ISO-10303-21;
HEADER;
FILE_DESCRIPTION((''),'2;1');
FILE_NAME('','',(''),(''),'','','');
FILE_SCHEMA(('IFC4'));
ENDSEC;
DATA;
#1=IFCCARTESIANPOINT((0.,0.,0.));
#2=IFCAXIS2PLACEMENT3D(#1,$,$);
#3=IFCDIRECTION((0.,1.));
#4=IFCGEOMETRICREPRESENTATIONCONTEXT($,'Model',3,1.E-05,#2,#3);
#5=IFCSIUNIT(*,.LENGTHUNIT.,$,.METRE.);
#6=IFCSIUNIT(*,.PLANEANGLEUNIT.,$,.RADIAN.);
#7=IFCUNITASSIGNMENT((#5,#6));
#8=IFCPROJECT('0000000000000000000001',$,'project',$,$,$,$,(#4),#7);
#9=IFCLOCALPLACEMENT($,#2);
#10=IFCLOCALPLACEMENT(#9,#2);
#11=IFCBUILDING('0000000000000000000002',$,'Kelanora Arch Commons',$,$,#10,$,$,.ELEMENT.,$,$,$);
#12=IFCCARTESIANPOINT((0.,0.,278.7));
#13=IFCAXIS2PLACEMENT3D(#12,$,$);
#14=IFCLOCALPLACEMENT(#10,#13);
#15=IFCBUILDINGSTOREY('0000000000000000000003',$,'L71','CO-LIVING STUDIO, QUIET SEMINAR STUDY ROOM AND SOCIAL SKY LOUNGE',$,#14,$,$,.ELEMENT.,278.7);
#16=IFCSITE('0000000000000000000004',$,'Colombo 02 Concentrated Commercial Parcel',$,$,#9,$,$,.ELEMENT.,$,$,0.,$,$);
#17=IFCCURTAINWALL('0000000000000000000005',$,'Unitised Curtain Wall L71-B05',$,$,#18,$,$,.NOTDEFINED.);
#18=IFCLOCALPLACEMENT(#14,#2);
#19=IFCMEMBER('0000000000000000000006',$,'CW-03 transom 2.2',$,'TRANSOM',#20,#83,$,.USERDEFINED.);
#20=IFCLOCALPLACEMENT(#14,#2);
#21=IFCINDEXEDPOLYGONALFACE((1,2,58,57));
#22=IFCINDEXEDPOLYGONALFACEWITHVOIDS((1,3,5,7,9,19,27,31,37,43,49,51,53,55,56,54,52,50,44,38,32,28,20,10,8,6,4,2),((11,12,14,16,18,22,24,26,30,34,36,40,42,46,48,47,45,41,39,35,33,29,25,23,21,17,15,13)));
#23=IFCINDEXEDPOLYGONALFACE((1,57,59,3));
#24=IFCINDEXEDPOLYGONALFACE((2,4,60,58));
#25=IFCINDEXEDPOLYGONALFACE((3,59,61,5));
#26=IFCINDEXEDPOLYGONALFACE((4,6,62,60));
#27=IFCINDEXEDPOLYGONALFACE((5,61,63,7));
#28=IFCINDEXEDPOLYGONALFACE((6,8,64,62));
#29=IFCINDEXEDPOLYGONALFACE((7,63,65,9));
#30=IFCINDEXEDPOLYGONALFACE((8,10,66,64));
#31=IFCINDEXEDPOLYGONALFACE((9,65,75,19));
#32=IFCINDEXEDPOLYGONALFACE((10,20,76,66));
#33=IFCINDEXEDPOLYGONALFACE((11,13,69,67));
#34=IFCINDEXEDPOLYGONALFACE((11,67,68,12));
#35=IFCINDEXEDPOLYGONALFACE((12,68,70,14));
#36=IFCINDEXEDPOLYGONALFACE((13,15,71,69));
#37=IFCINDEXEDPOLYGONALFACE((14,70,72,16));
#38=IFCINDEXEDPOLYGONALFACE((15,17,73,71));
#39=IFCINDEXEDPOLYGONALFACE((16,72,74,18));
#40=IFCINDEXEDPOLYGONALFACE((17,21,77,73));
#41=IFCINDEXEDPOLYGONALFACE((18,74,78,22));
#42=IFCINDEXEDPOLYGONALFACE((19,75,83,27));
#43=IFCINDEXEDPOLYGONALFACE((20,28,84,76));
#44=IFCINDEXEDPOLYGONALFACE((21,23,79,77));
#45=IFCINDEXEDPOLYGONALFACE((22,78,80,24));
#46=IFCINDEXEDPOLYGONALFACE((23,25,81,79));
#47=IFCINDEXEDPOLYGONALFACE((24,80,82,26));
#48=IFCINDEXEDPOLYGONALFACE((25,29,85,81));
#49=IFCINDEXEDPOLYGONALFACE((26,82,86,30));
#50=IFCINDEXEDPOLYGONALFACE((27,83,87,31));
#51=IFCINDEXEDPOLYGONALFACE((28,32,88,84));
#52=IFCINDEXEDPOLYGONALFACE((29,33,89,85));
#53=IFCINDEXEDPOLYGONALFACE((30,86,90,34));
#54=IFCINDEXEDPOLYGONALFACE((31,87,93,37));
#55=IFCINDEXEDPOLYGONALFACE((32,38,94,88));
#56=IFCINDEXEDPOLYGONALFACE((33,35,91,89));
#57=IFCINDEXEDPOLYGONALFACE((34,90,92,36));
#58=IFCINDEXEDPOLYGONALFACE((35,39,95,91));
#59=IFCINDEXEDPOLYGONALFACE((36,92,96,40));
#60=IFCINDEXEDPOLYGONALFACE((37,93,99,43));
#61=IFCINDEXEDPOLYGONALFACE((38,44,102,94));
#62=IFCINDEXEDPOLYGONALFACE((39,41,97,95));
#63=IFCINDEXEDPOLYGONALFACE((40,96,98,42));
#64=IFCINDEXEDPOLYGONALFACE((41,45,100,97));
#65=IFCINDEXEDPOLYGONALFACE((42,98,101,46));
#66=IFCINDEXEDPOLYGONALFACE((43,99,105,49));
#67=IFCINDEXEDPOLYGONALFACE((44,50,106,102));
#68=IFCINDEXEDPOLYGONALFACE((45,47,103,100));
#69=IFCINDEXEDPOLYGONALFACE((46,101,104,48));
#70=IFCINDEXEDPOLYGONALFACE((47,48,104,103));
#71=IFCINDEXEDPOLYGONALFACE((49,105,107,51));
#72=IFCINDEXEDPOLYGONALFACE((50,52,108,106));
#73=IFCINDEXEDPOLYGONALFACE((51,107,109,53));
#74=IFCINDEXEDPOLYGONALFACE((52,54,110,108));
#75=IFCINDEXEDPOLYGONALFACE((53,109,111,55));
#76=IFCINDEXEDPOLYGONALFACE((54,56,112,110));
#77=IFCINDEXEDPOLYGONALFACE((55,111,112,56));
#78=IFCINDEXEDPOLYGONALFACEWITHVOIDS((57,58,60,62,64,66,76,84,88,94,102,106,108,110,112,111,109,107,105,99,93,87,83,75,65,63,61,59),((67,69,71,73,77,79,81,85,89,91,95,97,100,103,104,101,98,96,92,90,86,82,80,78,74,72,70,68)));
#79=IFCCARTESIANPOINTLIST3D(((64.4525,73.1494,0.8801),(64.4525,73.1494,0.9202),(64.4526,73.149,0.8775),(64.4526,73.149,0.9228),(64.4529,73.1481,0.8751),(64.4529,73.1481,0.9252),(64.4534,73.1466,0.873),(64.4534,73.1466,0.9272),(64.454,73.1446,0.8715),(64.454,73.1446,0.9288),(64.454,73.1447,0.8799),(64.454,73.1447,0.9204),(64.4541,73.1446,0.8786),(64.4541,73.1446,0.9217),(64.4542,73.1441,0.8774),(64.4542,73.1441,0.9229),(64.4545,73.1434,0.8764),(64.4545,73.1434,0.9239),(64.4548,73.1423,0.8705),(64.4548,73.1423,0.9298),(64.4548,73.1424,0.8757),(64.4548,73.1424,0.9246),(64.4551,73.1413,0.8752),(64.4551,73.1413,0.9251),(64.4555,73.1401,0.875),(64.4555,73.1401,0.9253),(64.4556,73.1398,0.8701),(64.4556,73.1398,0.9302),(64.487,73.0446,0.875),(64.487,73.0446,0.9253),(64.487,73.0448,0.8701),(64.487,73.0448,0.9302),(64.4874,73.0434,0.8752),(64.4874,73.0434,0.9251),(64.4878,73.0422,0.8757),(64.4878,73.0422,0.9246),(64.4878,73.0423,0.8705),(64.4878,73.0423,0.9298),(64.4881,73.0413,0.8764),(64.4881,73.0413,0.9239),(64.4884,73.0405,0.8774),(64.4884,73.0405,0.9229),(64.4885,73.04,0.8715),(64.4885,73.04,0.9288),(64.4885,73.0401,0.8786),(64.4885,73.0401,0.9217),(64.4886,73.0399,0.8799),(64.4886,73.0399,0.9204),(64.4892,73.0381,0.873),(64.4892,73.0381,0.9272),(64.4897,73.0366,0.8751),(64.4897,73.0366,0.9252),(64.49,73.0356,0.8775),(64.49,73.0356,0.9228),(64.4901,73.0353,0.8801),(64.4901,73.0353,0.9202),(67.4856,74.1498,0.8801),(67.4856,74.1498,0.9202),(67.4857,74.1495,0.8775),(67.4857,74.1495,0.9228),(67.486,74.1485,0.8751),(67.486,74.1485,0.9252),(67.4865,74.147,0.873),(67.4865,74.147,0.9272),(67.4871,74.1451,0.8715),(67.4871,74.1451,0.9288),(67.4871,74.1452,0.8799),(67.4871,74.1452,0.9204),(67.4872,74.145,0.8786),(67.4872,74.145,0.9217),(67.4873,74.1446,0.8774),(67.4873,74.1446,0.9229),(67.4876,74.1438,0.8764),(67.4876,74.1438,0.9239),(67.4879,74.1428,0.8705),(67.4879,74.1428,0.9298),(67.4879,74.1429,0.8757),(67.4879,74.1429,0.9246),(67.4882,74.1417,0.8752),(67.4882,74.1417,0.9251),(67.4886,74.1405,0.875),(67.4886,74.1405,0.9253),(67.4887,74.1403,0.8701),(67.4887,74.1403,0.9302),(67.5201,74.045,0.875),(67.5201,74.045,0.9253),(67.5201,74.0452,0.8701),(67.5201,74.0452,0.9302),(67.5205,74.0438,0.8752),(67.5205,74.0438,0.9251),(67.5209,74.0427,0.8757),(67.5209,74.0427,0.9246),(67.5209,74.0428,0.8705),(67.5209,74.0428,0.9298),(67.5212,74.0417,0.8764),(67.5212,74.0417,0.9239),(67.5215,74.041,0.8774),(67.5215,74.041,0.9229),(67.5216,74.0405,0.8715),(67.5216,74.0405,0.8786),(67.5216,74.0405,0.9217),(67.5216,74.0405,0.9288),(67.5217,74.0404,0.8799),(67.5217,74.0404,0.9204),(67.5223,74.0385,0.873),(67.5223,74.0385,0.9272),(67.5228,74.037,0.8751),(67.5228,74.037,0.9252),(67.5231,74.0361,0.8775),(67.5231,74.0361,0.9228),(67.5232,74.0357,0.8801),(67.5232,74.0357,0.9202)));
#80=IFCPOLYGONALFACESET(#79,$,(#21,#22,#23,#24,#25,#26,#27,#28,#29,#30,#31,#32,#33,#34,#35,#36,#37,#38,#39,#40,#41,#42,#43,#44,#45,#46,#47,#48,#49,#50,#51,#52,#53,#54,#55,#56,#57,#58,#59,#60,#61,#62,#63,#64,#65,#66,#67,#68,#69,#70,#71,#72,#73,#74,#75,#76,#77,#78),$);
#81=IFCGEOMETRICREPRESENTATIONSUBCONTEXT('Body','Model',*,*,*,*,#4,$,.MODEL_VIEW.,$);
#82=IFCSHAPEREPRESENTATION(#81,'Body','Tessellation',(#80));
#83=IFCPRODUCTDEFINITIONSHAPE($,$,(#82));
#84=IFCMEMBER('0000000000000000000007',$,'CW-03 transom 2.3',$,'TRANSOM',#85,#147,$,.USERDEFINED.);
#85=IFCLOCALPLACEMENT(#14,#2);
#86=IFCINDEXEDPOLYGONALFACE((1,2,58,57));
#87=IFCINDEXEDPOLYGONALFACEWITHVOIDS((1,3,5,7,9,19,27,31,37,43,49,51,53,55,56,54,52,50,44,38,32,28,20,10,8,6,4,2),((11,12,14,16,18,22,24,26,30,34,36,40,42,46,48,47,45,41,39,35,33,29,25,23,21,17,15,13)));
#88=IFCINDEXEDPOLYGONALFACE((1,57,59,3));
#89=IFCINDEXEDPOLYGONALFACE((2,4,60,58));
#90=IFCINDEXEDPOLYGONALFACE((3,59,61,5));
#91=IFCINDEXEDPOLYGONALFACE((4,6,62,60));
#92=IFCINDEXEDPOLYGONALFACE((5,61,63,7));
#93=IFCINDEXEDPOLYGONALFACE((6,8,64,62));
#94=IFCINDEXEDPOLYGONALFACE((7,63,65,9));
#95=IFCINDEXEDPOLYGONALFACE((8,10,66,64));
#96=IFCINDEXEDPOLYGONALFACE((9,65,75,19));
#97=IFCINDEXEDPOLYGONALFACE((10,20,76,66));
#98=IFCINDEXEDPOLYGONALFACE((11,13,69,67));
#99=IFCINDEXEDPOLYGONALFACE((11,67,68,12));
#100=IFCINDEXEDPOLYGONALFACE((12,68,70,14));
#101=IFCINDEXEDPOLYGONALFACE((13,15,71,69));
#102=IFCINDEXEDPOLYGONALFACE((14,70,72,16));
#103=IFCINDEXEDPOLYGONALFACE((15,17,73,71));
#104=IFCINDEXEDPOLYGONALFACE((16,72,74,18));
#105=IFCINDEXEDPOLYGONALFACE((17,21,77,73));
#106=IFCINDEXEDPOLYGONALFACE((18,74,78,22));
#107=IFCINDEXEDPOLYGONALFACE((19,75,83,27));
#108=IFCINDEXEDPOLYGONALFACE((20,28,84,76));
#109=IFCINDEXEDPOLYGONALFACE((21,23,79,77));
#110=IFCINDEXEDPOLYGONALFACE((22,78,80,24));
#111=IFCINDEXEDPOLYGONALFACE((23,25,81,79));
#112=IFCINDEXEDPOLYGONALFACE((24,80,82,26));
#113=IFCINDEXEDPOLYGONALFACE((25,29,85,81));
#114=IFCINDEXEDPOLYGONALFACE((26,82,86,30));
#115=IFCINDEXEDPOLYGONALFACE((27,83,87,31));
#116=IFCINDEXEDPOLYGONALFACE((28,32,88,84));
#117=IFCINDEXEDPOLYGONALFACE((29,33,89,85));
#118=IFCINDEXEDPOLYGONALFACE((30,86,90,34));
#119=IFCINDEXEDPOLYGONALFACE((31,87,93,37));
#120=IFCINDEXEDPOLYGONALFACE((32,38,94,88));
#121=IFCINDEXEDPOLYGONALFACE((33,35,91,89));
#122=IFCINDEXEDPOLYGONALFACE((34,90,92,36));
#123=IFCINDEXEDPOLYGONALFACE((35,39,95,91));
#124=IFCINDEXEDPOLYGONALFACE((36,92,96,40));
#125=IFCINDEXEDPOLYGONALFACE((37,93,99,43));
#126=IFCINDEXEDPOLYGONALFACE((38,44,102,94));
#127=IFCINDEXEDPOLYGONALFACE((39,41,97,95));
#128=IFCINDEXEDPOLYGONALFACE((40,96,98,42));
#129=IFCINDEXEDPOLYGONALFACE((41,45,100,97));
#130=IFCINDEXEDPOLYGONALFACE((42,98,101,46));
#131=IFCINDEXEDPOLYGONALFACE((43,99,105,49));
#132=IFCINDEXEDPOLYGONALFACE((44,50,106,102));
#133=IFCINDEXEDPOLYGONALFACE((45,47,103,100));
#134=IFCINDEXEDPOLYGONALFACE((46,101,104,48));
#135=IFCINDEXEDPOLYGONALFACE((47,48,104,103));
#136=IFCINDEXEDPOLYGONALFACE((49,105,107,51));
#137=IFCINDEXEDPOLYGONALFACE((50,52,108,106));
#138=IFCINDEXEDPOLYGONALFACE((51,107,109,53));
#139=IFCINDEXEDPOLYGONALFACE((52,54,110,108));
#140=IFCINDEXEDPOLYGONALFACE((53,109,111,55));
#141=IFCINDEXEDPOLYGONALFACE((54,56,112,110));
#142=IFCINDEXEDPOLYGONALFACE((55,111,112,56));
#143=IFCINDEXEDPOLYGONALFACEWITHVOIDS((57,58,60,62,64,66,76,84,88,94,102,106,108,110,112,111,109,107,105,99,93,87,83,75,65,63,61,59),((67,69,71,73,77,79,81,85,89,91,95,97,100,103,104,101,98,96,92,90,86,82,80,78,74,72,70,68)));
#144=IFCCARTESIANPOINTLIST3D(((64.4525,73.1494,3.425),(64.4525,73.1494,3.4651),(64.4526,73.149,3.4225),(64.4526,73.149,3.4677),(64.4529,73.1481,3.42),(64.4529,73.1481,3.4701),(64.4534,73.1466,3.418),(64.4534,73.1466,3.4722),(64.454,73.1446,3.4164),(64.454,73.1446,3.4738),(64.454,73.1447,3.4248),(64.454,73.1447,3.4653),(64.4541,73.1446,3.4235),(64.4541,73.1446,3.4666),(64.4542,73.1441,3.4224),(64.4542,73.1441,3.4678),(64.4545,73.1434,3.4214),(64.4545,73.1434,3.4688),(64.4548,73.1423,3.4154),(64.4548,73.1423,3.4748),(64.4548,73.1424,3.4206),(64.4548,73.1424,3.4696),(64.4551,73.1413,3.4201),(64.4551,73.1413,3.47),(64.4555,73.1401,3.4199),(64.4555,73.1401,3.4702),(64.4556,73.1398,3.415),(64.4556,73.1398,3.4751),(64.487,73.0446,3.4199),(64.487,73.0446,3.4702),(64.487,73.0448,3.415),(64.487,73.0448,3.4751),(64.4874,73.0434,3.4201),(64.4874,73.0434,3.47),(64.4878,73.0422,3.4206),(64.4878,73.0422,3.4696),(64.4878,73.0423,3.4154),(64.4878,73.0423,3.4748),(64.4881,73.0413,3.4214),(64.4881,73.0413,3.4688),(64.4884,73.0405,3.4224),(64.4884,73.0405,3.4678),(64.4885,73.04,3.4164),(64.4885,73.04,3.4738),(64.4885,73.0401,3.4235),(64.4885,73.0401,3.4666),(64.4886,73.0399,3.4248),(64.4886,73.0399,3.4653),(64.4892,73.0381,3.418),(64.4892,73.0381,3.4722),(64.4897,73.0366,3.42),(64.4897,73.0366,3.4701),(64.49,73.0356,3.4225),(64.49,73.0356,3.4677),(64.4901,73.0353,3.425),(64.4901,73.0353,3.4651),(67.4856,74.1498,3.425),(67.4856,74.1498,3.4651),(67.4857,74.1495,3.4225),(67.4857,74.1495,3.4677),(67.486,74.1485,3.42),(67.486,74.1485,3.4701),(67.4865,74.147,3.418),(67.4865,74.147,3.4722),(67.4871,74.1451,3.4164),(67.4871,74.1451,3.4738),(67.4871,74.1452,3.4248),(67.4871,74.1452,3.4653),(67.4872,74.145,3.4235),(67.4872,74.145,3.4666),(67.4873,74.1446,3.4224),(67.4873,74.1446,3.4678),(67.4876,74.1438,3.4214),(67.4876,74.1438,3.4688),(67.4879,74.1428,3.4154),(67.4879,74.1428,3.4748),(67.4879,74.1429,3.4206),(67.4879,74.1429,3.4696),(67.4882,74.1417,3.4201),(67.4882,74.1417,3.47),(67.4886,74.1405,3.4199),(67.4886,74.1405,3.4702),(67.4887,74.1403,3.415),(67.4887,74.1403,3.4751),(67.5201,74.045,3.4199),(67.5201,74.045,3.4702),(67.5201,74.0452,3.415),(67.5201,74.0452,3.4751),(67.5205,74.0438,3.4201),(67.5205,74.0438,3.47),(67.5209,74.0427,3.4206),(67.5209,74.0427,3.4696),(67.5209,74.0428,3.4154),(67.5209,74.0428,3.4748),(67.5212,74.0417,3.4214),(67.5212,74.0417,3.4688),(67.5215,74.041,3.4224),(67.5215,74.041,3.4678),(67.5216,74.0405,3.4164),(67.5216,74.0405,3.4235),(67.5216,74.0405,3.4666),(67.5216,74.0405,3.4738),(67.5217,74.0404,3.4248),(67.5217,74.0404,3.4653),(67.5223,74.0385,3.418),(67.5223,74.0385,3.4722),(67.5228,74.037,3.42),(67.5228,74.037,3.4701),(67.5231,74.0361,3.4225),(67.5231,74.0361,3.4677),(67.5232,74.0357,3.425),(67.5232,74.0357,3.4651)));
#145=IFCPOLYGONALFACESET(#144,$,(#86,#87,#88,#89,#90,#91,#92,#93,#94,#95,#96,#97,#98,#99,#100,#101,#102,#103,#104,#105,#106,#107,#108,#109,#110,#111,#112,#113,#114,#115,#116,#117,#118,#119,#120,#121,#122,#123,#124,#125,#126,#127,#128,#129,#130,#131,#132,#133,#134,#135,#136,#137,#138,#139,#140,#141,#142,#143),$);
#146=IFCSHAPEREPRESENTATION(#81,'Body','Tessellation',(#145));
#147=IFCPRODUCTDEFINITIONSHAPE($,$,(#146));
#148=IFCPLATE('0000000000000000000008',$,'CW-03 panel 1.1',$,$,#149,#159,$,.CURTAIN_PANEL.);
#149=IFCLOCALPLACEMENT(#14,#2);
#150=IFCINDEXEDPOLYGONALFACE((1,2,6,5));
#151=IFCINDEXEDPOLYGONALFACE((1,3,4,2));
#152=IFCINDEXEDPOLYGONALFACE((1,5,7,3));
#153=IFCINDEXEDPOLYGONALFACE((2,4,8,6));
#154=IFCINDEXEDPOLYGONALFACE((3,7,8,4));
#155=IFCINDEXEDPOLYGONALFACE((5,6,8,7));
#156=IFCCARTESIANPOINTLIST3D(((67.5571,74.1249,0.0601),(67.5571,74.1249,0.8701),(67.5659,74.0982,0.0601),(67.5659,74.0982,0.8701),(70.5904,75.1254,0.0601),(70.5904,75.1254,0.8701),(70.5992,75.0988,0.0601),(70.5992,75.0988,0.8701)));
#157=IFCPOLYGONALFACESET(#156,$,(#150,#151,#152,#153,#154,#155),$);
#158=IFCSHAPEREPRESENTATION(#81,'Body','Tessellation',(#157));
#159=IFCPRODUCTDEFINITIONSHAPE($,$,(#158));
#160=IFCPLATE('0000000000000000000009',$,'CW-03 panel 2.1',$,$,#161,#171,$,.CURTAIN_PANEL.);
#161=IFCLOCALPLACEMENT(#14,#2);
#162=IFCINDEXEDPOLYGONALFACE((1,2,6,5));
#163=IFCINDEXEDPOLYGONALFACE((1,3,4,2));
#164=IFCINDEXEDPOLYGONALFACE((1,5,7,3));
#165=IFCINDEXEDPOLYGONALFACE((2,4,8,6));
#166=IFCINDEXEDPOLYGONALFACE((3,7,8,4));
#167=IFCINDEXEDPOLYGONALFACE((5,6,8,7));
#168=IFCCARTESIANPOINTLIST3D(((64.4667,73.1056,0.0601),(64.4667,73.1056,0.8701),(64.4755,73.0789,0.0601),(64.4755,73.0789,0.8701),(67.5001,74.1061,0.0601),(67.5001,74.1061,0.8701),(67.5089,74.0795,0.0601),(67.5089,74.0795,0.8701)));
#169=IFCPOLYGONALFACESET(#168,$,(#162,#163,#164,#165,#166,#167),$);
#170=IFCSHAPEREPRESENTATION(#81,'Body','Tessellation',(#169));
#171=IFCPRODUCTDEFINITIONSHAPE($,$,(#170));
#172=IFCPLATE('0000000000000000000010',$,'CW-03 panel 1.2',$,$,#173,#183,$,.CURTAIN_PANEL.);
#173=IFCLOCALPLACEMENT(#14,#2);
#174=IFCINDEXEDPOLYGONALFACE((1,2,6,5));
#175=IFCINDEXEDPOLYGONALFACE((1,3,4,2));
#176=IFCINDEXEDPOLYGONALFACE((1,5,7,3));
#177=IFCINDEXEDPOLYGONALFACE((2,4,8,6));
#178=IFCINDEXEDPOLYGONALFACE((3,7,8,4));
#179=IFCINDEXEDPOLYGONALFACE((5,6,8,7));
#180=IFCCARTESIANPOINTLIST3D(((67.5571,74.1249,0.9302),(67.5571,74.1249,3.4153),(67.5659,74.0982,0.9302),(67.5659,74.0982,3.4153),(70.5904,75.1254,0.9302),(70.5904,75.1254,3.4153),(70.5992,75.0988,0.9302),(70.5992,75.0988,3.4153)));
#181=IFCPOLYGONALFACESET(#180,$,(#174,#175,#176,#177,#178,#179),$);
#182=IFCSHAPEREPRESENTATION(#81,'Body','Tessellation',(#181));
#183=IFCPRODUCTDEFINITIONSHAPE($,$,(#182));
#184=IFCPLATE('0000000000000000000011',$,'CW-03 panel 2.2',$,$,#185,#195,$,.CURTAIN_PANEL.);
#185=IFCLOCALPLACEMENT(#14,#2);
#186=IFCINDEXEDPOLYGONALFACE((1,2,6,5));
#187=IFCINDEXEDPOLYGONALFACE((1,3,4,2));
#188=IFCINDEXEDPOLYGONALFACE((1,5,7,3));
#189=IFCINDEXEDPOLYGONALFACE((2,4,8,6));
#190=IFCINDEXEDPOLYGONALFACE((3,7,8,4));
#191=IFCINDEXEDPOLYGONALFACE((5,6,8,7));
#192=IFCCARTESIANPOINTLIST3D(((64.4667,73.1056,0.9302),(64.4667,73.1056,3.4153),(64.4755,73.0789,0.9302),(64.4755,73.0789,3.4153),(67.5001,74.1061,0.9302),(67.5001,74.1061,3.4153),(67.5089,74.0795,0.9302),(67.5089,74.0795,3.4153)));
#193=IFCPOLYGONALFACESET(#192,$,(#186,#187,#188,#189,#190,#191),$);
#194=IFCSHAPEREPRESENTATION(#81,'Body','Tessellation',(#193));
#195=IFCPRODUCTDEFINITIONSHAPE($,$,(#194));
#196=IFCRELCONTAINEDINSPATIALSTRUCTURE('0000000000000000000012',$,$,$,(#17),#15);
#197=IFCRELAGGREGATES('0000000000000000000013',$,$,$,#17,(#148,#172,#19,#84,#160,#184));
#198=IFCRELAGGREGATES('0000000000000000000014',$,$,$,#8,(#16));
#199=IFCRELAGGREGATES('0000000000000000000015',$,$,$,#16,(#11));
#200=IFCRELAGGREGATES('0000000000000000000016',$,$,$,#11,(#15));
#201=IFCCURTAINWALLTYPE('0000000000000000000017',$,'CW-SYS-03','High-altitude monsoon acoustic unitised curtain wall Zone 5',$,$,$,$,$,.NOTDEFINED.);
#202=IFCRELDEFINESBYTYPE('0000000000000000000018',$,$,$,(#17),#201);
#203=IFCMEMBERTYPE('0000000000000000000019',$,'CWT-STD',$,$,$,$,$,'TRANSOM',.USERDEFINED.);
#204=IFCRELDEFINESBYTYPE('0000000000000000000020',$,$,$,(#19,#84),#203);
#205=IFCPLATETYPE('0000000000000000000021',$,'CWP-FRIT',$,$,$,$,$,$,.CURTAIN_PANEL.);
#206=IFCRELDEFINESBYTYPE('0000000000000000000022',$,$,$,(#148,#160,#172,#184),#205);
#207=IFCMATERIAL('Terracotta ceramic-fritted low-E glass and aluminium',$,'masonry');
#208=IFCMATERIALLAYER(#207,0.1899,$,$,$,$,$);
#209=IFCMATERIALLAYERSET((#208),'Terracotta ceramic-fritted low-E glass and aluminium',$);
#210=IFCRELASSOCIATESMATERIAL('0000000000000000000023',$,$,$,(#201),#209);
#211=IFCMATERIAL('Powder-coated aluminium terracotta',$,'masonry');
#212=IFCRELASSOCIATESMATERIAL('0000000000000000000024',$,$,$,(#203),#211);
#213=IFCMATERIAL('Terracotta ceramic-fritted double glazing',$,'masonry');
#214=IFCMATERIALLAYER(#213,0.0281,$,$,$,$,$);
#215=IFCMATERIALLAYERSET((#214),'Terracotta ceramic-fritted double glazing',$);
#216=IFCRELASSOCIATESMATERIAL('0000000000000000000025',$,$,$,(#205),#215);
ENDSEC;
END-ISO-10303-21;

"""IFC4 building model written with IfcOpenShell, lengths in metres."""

from ifc_helpers import new_model, si_unit, direction, frame, origin, origin_2d, place, context, subcontext, project, spatial, rectangle, hollow_rectangle, extrude, source, transform, mapped, material, layer, layer_set, material_profile, profile_set, type_object, element, aggregate, save


model = new_model("IFC4")

# Units and contexts
model_context = context("Model", 3, precision=1e-05, world=origin(), true_north=direction((0.0, 1.0)))
body_context = subcontext(model_context, "Body", "Model", "MODEL_VIEW")
ifc_project = project(units=[si_unit("LENGTHUNIT", "METRE"), si_unit("PLANEANGLEUNIT", "RADIAN")], contexts=[model_context])

# Site, building, storey
site_placement = place(None, origin())
site = spatial("IfcSite", under=ifc_project, at=site_placement, Name="Colombo 02 Concentrated Commercial Parcel", CompositionType="ELEMENT", RefElevation=0.0)
building_placement = place(site_placement, origin())
building = spatial("IfcBuilding", under=site, at=building_placement, Name="Kelanora Arch Commons", CompositionType="ELEMENT")
storey_placement = place(building_placement, frame((0.0, 0.0, 278.7)))
storey = spatial("IfcBuildingStorey", under=building, at=storey_placement, Name="L71", Description="CO-LIVING STUDIO, QUIET SEMINAR STUDY ROOM AND SOCIAL SKY LOUNGE", CompositionType="ELEMENT", Elevation=278.7)

# Curtain wall, members, plates
ifc_material_1 = material(Name="Terracotta ceramic-fritted low-E glass and aluminium", Category="masonry")
ifc_layer_1 = layer(ifc_material_1, 0.1899)
ifc_layer_set_1 = layer_set([ifc_layer_1], Name="Terracotta ceramic-fritted low-E glass and aluminium")
curtain_wall_type = type_object("IfcCurtainWallType", Name="CW-SYS-03", Description="High-altitude monsoon acoustic unitised curtain wall Zone 5", PredefinedType="NOTDEFINED", material=ifc_layer_set_1)
curtain_wall_placement = place(storey_placement, origin())
curtain_wall = element("IfcCurtainWall", 1, at=curtain_wall_placement, inside=storey, type_object=curtain_wall_type, Name="Unitised Curtain Wall L71-B05", PredefinedType="NOTDEFINED")
ifc_material_2 = material(Name="Powder-coated aluminium terracotta", Category="masonry")
ifc_material_profile_1 = material_profile(ifc_material_2, hollow_rectangle(XDim=0.1201, YDim=0.0601, WallThickness=0.0049, InnerFilletRadius=0.0049, OuterFilletRadius=0.01, at=origin_2d()), Name="CWT120x60")
ifc_profile_set_1 = profile_set([ifc_material_profile_1], Name="Powder-coated aluminium terracotta")
member_type_1 = type_object("IfcMemberType", Name="CWT-STD", ElementType="TRANSOM", PredefinedType="USERDEFINED", material=ifc_profile_set_1)
member_1_placement = place(storey_placement, frame((67.5044, 74.0928, 0.9001), z_axis=(-0.949672, -0.313245, 0.0), x_axis=(0.313245, -0.949672, 0.0)))
member_1 = element("IfcMember", 2, at=member_1_placement, type_object=member_type_1, Name="CW-03 transom 2.2", ObjectType="TRANSOM", PredefinedType="USERDEFINED", context=body_context, shape_type="SweptSolid", body=[
    extrude(hollow_rectangle(XDim=0.1201, YDim=0.0601, WallThickness=0.0049, InnerFilletRadius=0.0049, OuterFilletRadius=0.01, at=origin_2d()), origin(), (0.0, 0.0, 1.0), 3.1938),
])
member_2_placement = place(storey_placement, frame((67.5044, 74.0928, 3.4451), z_axis=(-0.949672, -0.313245, 0.0), x_axis=(0.313245, -0.949672, 0.0)))
member_2 = element("IfcMember", 3, at=member_2_placement, type_object=member_type_1, Name="CW-03 transom 2.3", ObjectType="TRANSOM", PredefinedType="USERDEFINED", context=body_context, shape_type="SweptSolid", body=[
    extrude(hollow_rectangle(XDim=0.1201, YDim=0.0601, WallThickness=0.0049, InnerFilletRadius=0.0049, OuterFilletRadius=0.01, at=origin_2d()), origin(), (0.0, 0.0, 1.0), 3.1938),
])
ifc_material_3 = material(Name="Terracotta ceramic-fritted double glazing", Category="masonry")
ifc_layer_2 = layer(ifc_material_3, 0.0281)
ifc_layer_set_2 = layer_set([ifc_layer_2], Name="Terracotta ceramic-fritted double glazing")
plate_type = type_object("IfcPlateType", Name="CWP-FRIT", PredefinedType="CURTAIN_PANEL", material=ifc_layer_set_2)
shared_shape_1 = source(origin(), body_context, "Body", "SweptSolid", [
    extrude(rectangle(XDim=3.1941, YDim=0.0281, at=origin_2d()), origin(), (0.0, 0.0, 1.0), 0.8101),
])
plate_1_placement = place(storey_placement, frame((69.0781, 74.6118, 0.0601), z_axis=(0.0, 0.0, 1.0), x_axis=(-0.94967, -0.313253, 0.0)))
plate_1 = element("IfcPlate", 4, at=plate_1_placement, type_object=plate_type, Name="CW-03 panel 1.1", PredefinedType="CURTAIN_PANEL", context=body_context, shape_type="MappedRepresentation", body=[
    mapped(shared_shape_1, transform((0.0, 0.0, 0.0), scale=1.0)),
])
plate_2_placement = place(storey_placement, frame((65.9878, 73.5925, 0.0601), z_axis=(0.0, 0.0, 1.0), x_axis=(-0.94967, -0.313253, 0.0)))
plate_2 = element("IfcPlate", 5, at=plate_2_placement, type_object=plate_type, Name="CW-03 panel 2.1", PredefinedType="CURTAIN_PANEL", context=body_context, shape_type="MappedRepresentation", body=[
    mapped(shared_shape_1, transform((0.0, 0.0, 0.0), scale=1.0)),
])
shared_shape_2 = source(origin(), body_context, "Body", "SweptSolid", [
    extrude(rectangle(XDim=3.1941, YDim=0.0281, at=origin_2d()), origin(), (0.0, 0.0, 1.0), 2.4851),
])
plate_3_placement = place(storey_placement, frame((69.0781, 74.6118, 0.9302), z_axis=(0.0, 0.0, 1.0), x_axis=(-0.94967, -0.313253, 0.0)))
plate_3 = element("IfcPlate", 6, at=plate_3_placement, type_object=plate_type, Name="CW-03 panel 1.2", PredefinedType="CURTAIN_PANEL", context=body_context, shape_type="MappedRepresentation", body=[
    mapped(shared_shape_2, transform((0.0, 0.0, 0.0), scale=1.0)),
])
plate_4_placement = place(storey_placement, frame((65.9878, 73.5925, 0.9302), z_axis=(0.0, 0.0, 1.0), x_axis=(-0.94967, -0.313253, 0.0)))
plate_4 = element("IfcPlate", 7, at=plate_4_placement, type_object=plate_type, Name="CW-03 panel 2.2", PredefinedType="CURTAIN_PANEL", context=body_context, shape_type="MappedRepresentation", body=[
    mapped(shared_shape_2, transform((0.0, 0.0, 0.0), scale=1.0)),
])
aggregate(curtain_wall, [plate_1, plate_3, member_1, member_2, plate_2, plate_4])

save(model, "model.ifc")
